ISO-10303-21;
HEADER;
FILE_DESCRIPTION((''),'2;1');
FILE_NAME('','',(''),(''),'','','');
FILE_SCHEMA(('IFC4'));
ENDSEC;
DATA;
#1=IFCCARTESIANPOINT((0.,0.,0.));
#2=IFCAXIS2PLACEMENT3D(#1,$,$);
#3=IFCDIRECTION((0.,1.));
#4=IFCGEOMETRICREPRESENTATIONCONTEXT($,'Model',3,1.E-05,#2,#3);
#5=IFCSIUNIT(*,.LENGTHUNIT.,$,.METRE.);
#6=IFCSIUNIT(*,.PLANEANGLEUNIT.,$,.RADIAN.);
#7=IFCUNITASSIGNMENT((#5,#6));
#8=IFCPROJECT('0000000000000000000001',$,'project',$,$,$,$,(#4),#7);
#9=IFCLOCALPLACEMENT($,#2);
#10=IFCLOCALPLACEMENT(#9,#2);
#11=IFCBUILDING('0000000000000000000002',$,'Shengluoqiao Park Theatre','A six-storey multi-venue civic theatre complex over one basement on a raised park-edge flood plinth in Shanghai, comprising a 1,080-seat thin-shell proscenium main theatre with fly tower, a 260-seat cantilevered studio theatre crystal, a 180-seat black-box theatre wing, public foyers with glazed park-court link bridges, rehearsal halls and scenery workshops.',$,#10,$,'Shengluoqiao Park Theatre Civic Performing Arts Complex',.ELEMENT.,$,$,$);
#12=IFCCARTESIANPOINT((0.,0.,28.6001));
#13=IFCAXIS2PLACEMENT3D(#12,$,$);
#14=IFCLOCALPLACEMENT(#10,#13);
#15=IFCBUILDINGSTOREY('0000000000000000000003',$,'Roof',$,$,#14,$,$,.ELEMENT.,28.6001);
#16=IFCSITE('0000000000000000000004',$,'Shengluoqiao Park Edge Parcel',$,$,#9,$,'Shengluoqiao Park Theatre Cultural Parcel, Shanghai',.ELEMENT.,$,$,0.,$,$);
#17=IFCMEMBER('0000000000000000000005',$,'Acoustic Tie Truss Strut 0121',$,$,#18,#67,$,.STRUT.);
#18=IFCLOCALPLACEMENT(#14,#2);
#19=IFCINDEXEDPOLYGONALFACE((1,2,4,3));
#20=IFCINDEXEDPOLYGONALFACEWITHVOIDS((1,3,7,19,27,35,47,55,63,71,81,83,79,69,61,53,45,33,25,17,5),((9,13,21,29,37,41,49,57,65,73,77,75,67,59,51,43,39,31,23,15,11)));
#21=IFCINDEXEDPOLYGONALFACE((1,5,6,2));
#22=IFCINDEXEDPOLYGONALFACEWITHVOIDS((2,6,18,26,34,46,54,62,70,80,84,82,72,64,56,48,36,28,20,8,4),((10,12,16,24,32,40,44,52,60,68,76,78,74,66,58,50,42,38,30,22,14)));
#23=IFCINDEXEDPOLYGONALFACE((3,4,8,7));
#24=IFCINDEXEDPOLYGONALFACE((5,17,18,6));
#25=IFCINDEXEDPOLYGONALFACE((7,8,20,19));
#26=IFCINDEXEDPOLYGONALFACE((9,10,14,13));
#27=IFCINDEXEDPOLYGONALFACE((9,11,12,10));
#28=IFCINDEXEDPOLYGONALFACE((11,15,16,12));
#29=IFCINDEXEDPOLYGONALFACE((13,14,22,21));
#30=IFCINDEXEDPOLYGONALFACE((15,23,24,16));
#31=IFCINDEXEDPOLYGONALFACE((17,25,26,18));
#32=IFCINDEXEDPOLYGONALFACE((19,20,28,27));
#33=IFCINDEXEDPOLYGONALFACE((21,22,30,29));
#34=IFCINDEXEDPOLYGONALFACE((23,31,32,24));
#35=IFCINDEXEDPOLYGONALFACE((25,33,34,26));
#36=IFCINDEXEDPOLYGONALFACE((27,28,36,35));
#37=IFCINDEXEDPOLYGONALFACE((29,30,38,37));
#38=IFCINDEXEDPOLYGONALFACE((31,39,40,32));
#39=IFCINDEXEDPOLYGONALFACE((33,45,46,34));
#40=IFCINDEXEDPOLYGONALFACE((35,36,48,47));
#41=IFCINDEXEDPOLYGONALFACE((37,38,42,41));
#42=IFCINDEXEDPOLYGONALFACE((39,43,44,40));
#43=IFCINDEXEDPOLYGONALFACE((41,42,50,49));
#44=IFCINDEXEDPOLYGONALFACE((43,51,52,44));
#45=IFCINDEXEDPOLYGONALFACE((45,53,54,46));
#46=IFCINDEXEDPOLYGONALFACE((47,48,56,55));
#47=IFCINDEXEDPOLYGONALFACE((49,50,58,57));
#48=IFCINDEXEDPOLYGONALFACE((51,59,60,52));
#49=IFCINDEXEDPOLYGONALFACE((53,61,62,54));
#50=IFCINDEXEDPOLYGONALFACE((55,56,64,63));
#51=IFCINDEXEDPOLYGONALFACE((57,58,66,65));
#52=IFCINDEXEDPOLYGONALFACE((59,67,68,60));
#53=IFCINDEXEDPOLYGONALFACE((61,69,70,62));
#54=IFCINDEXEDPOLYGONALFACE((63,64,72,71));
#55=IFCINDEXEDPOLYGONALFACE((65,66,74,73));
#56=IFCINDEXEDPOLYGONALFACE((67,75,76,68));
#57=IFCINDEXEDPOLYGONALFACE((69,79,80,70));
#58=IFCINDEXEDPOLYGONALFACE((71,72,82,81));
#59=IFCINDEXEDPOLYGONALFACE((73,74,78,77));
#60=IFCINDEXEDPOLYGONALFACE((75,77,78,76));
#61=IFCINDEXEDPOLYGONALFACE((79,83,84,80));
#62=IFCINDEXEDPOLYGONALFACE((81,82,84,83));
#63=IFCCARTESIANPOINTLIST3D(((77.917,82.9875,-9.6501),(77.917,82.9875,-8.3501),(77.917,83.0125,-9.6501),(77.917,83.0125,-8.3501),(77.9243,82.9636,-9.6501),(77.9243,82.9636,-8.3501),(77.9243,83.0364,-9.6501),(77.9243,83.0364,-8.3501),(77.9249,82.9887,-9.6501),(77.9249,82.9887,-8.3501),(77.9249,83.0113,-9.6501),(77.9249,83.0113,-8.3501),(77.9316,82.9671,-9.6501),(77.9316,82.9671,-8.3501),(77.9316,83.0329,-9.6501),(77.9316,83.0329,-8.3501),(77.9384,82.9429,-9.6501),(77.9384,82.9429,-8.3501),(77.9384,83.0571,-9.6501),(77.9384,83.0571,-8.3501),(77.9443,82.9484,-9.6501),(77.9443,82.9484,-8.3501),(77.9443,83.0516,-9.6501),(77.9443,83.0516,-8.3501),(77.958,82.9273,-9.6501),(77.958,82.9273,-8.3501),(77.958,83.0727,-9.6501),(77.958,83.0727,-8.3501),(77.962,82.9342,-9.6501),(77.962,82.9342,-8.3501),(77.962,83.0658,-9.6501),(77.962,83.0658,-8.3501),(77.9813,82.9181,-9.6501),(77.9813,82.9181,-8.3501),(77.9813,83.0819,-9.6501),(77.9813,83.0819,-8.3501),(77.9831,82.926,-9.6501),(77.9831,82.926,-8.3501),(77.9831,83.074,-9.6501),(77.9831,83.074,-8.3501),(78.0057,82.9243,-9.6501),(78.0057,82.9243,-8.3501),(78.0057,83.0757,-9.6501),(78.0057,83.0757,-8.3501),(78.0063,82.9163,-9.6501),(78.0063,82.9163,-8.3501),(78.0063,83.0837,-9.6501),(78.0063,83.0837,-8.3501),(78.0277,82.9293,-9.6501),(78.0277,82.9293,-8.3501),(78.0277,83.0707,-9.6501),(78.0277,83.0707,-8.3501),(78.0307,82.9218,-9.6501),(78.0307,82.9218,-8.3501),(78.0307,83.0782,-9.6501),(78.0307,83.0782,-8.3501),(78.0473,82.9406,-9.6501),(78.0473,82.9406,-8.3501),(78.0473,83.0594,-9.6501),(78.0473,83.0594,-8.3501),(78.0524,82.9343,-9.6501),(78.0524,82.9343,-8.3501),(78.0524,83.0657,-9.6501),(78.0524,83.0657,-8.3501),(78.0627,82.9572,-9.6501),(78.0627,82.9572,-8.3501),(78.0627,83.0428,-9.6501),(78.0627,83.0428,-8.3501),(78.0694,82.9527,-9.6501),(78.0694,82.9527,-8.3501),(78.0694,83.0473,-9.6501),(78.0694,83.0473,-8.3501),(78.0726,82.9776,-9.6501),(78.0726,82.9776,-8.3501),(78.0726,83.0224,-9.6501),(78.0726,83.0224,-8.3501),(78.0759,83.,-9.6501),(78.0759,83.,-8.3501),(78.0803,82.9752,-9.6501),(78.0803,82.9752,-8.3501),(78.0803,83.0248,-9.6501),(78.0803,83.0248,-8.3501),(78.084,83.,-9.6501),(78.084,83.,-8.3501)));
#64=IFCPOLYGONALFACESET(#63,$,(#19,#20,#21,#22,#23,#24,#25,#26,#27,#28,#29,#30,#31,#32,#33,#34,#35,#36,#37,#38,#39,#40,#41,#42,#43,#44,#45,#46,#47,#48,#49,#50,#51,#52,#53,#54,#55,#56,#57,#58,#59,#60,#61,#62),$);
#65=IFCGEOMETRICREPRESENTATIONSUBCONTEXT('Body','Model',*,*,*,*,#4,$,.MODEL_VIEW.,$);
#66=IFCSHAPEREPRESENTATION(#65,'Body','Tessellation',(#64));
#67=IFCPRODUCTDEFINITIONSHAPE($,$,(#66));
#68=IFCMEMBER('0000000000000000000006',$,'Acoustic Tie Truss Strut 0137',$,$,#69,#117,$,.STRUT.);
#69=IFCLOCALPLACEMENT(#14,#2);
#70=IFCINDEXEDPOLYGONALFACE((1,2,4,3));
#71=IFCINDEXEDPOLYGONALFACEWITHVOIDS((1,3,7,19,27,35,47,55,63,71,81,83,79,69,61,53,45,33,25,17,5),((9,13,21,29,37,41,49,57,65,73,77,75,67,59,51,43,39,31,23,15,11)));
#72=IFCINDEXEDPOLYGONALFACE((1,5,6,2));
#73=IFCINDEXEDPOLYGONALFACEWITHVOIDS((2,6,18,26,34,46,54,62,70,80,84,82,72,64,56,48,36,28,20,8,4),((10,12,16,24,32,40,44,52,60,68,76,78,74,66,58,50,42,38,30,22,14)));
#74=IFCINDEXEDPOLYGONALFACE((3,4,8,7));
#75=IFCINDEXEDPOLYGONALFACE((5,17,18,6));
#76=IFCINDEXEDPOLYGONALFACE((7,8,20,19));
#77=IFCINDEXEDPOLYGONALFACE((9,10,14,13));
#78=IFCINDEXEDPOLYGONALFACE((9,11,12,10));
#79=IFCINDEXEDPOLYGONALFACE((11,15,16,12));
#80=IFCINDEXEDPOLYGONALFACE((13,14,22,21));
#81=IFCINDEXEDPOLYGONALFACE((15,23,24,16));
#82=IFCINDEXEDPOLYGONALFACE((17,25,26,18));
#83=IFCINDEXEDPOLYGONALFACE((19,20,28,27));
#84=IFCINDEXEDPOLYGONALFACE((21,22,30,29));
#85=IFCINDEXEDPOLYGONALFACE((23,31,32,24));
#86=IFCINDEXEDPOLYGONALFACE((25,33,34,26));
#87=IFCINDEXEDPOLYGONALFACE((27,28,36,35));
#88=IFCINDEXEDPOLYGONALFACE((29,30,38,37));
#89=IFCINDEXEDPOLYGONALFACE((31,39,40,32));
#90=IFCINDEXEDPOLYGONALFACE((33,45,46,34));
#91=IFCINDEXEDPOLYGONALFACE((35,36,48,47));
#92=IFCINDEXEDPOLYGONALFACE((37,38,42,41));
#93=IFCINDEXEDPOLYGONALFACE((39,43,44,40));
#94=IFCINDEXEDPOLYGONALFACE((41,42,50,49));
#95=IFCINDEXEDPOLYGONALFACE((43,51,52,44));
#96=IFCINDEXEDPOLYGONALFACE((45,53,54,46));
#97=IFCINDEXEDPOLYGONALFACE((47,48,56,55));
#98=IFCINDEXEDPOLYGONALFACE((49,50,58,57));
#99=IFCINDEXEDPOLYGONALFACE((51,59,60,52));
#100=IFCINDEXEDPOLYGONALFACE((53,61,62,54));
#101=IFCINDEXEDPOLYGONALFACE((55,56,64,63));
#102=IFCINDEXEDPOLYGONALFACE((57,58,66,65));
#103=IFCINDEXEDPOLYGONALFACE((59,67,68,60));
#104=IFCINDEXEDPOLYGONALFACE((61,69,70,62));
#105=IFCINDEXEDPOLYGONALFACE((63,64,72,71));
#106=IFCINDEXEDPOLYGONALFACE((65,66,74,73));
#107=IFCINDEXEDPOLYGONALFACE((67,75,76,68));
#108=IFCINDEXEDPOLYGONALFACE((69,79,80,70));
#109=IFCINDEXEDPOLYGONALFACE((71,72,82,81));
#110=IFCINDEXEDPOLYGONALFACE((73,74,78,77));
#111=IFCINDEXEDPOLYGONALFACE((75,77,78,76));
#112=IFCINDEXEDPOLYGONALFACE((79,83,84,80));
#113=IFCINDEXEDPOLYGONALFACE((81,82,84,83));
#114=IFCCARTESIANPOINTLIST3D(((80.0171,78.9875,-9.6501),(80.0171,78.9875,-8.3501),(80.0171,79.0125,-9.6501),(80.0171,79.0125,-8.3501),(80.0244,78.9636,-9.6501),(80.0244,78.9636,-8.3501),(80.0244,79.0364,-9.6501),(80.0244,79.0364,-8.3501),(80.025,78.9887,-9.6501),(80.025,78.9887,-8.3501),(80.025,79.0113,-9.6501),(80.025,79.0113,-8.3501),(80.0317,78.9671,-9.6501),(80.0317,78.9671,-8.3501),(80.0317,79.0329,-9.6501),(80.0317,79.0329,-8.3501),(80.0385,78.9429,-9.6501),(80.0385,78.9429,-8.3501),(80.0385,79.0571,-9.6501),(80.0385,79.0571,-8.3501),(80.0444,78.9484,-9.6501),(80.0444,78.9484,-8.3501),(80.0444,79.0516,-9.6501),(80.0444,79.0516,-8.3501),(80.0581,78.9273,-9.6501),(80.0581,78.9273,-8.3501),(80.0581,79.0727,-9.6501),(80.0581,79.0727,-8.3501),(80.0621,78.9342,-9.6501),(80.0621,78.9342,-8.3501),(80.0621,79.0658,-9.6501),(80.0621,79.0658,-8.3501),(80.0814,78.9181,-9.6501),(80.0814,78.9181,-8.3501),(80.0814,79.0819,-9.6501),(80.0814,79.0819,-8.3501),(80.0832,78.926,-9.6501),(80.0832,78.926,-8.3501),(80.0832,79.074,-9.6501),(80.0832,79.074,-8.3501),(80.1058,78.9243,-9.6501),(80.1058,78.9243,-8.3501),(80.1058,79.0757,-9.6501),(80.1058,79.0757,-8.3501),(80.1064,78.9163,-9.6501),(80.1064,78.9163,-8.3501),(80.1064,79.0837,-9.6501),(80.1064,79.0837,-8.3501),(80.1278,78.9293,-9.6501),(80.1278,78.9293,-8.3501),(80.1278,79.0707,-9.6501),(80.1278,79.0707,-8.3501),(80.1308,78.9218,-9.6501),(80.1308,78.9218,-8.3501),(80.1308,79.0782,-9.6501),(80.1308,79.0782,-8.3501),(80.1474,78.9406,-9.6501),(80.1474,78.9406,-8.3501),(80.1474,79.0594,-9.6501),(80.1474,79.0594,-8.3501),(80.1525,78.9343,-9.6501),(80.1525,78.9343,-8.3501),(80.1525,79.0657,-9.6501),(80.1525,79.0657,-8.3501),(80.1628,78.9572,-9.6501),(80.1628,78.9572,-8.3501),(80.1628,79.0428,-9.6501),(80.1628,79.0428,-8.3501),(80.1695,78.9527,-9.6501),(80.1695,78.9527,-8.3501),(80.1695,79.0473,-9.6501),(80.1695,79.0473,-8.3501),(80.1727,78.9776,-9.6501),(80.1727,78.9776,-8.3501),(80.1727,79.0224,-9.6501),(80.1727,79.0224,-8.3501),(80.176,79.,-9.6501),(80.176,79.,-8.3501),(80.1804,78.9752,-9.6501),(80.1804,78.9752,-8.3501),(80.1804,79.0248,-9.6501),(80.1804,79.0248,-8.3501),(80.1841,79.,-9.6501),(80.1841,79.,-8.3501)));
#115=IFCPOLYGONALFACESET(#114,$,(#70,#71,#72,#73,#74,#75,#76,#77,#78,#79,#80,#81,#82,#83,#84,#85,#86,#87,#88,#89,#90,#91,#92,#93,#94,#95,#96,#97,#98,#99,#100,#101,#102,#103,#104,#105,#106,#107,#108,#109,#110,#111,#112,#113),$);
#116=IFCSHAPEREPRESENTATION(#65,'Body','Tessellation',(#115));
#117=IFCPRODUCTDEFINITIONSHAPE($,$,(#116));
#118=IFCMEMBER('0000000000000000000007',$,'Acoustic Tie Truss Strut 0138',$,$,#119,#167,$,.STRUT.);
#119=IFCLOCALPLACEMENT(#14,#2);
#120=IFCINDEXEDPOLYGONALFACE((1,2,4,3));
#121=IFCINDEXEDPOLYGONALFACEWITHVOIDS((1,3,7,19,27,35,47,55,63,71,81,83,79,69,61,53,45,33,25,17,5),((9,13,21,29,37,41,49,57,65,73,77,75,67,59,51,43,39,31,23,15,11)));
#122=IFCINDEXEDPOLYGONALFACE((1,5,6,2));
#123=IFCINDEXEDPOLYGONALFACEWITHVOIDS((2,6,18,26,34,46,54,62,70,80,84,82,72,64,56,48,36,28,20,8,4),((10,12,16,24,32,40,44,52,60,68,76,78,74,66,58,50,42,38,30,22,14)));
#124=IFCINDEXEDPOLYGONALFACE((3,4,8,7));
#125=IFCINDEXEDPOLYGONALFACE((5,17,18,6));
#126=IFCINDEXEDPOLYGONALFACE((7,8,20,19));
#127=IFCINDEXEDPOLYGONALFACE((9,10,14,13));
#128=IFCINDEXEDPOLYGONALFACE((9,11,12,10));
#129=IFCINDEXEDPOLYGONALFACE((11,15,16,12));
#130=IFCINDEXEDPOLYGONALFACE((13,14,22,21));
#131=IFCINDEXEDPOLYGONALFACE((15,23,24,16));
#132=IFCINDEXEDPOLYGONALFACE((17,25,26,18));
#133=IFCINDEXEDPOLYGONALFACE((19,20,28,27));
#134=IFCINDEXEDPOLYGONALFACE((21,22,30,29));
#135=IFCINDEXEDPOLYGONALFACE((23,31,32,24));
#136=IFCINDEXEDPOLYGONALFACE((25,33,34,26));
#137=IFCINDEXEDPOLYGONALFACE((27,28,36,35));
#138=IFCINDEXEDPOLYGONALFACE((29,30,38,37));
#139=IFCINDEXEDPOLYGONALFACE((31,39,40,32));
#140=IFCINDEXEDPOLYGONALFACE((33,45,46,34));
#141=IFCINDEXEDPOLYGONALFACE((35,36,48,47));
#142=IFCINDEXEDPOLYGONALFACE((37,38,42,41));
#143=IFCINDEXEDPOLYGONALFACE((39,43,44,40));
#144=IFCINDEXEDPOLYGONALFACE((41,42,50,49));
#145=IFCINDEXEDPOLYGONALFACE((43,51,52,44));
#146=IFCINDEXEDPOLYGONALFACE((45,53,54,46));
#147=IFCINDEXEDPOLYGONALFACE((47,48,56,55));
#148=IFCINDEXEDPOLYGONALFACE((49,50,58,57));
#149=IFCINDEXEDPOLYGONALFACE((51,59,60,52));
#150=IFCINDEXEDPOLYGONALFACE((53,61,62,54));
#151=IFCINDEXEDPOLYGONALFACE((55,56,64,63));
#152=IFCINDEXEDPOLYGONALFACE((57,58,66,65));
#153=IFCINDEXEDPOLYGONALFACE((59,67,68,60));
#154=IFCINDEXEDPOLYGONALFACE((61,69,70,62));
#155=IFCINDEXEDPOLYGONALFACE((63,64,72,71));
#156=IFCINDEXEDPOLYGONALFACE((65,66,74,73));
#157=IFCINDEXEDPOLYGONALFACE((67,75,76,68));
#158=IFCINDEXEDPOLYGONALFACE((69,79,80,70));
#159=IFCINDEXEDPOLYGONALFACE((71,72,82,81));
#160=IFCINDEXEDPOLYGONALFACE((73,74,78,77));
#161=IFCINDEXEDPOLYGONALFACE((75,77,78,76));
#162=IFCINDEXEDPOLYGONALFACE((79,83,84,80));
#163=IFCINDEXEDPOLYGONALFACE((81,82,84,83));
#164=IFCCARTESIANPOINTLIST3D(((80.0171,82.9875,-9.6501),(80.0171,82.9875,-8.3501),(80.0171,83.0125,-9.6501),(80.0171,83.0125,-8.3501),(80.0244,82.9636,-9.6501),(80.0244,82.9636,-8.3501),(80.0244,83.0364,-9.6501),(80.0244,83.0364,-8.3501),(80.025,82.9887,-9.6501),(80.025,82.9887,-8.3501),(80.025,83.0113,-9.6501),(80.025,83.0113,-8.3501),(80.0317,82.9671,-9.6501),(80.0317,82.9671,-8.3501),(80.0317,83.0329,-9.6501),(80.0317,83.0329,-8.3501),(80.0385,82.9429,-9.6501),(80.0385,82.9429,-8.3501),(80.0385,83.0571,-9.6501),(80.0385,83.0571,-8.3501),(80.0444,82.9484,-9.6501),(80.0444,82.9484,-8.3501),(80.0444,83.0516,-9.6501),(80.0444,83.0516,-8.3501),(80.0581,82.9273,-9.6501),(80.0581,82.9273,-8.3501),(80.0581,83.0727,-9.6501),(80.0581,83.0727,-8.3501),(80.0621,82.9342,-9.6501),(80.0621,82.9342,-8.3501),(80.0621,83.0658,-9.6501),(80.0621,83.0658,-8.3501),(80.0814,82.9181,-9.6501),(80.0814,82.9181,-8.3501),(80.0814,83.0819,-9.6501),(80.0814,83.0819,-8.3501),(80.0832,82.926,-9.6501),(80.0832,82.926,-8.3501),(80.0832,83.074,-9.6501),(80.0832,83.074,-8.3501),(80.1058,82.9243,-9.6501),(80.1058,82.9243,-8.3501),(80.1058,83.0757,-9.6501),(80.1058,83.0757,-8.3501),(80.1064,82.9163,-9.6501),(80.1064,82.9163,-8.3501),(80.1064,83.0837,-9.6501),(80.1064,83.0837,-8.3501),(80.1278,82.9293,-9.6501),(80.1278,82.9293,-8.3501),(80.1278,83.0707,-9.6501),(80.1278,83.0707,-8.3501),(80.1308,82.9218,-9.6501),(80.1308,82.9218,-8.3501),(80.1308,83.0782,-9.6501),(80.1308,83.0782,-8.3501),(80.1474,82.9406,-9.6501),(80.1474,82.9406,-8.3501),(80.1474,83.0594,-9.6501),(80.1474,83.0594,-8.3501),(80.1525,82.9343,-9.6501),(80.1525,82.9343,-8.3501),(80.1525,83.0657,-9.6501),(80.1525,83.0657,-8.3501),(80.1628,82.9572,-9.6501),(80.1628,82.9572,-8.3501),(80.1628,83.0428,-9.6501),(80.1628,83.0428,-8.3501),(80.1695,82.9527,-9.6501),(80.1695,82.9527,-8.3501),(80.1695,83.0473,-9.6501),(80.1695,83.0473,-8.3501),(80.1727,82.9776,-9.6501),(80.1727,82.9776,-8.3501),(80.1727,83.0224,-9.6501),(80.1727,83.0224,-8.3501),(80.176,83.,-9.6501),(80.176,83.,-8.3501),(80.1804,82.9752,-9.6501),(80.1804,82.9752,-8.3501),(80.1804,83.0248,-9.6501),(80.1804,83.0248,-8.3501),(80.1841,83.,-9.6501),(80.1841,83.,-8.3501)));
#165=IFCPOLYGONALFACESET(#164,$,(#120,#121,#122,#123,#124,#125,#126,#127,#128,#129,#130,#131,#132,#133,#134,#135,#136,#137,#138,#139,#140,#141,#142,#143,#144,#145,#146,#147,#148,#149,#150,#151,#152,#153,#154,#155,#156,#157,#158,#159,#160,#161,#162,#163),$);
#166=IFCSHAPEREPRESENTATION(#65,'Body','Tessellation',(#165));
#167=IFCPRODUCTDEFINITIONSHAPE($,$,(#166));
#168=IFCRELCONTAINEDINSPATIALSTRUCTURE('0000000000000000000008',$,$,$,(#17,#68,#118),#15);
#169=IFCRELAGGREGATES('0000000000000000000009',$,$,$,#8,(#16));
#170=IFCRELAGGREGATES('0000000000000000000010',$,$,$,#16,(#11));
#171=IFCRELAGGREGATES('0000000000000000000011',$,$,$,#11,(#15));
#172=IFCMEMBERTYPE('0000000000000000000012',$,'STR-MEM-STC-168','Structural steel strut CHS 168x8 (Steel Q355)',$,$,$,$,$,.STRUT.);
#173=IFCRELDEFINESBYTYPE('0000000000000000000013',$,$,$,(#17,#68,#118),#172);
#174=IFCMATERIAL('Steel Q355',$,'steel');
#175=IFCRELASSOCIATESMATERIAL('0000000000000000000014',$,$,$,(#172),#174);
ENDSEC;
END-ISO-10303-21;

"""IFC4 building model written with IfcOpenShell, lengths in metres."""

from ifc_helpers import new_model, si_unit, direction, frame, origin, origin_2d, place, context, subcontext, project, spatial, hollow_circle, extrude, material, material_profile, profile_set, type_object, element, save


model = new_model("IFC4")

# Units and contexts
model_context = context("Model", 3, precision=1e-05, world=origin(), true_north=direction((0.0, 1.0)))
body_context = subcontext(model_context, "Body", "Model", "MODEL_VIEW")
ifc_project = project(units=[si_unit("LENGTHUNIT", "METRE"), si_unit("PLANEANGLEUNIT", "RADIAN")], contexts=[model_context])

# Site, building, storey
site_placement = place(None, origin())
site = spatial("IfcSite", under=ifc_project, at=site_placement, Name="Shengluoqiao Park Edge Parcel", LongName="Shengluoqiao Park Theatre Cultural Parcel, Shanghai", CompositionType="ELEMENT", RefElevation=0.0)
building_placement = place(site_placement, origin())
building = spatial("IfcBuilding", under=site, at=building_placement, Name="Shengluoqiao Park Theatre", Description="A six-storey multi-venue civic theatre complex over one basement on a raised park-edge flood plinth in Shanghai, comprising a 1,080-seat thin-shell proscenium main theatre with fly tower, a 260-seat cantilevered studio theatre crystal, a 180-seat black-box theatre wing, public foyers with glazed park-court link bridges, rehearsal halls and scenery workshops.", LongName="Shengluoqiao Park Theatre Civic Performing Arts Complex", CompositionType="ELEMENT")
storey_placement = place(building_placement, frame((0.0, 0.0, 28.6001)))
storey = spatial("IfcBuildingStorey", under=building, at=storey_placement, Name="Roof", CompositionType="ELEMENT", Elevation=28.6001)

# Shared definitions
ifc_material = material(Name="Steel Q355", Category="steel")

# Members
ifc_material_profile_1 = material_profile(ifc_material, hollow_circle(Radius=0.084, WallThickness=0.0081, at=origin_2d()), Name="CHS 168x8")
ifc_profile_set_1 = profile_set([ifc_material_profile_1], Name="Steel Q355")
member_type_1 = type_object("IfcMemberType", Name="STR-MEM-STC-168", Description="Structural steel strut CHS 168x8 (Steel Q355)", PredefinedType="STRUT", material=ifc_profile_set_1)
for number, where, z_axis, x_axis, name in (
    (1, (78.0, 83.0, -9.6501), (0.0, 0.0, 1.0), (1.0, 0.0, 0.0), "Acoustic Tie Truss Strut 0121"),
    (2, (80.1001, 79.0, -9.6501), (0.0, 0.0, 1.0), (1.0, 0.0, 0.0), "Acoustic Tie Truss Strut 0137"),
    (3, (80.1001, 83.0, -9.6501), (0.0, 0.0, 1.0), (1.0, 0.0, 0.0), "Acoustic Tie Truss Strut 0138"),
):
    element("IfcMember", number, at=place(storey_placement, frame(where, z_axis=z_axis, x_axis=x_axis)), inside=storey, type_object=member_type_1, Name=name, PredefinedType="STRUT", context=body_context, shape_type="SweptSolid", body=[
        extrude(hollow_circle(Radius=0.084, WallThickness=0.0081, at=origin_2d()), origin(), (0.0, 0.0, 1.0), 1.3),
    ])

save(model, "model.ifc")
